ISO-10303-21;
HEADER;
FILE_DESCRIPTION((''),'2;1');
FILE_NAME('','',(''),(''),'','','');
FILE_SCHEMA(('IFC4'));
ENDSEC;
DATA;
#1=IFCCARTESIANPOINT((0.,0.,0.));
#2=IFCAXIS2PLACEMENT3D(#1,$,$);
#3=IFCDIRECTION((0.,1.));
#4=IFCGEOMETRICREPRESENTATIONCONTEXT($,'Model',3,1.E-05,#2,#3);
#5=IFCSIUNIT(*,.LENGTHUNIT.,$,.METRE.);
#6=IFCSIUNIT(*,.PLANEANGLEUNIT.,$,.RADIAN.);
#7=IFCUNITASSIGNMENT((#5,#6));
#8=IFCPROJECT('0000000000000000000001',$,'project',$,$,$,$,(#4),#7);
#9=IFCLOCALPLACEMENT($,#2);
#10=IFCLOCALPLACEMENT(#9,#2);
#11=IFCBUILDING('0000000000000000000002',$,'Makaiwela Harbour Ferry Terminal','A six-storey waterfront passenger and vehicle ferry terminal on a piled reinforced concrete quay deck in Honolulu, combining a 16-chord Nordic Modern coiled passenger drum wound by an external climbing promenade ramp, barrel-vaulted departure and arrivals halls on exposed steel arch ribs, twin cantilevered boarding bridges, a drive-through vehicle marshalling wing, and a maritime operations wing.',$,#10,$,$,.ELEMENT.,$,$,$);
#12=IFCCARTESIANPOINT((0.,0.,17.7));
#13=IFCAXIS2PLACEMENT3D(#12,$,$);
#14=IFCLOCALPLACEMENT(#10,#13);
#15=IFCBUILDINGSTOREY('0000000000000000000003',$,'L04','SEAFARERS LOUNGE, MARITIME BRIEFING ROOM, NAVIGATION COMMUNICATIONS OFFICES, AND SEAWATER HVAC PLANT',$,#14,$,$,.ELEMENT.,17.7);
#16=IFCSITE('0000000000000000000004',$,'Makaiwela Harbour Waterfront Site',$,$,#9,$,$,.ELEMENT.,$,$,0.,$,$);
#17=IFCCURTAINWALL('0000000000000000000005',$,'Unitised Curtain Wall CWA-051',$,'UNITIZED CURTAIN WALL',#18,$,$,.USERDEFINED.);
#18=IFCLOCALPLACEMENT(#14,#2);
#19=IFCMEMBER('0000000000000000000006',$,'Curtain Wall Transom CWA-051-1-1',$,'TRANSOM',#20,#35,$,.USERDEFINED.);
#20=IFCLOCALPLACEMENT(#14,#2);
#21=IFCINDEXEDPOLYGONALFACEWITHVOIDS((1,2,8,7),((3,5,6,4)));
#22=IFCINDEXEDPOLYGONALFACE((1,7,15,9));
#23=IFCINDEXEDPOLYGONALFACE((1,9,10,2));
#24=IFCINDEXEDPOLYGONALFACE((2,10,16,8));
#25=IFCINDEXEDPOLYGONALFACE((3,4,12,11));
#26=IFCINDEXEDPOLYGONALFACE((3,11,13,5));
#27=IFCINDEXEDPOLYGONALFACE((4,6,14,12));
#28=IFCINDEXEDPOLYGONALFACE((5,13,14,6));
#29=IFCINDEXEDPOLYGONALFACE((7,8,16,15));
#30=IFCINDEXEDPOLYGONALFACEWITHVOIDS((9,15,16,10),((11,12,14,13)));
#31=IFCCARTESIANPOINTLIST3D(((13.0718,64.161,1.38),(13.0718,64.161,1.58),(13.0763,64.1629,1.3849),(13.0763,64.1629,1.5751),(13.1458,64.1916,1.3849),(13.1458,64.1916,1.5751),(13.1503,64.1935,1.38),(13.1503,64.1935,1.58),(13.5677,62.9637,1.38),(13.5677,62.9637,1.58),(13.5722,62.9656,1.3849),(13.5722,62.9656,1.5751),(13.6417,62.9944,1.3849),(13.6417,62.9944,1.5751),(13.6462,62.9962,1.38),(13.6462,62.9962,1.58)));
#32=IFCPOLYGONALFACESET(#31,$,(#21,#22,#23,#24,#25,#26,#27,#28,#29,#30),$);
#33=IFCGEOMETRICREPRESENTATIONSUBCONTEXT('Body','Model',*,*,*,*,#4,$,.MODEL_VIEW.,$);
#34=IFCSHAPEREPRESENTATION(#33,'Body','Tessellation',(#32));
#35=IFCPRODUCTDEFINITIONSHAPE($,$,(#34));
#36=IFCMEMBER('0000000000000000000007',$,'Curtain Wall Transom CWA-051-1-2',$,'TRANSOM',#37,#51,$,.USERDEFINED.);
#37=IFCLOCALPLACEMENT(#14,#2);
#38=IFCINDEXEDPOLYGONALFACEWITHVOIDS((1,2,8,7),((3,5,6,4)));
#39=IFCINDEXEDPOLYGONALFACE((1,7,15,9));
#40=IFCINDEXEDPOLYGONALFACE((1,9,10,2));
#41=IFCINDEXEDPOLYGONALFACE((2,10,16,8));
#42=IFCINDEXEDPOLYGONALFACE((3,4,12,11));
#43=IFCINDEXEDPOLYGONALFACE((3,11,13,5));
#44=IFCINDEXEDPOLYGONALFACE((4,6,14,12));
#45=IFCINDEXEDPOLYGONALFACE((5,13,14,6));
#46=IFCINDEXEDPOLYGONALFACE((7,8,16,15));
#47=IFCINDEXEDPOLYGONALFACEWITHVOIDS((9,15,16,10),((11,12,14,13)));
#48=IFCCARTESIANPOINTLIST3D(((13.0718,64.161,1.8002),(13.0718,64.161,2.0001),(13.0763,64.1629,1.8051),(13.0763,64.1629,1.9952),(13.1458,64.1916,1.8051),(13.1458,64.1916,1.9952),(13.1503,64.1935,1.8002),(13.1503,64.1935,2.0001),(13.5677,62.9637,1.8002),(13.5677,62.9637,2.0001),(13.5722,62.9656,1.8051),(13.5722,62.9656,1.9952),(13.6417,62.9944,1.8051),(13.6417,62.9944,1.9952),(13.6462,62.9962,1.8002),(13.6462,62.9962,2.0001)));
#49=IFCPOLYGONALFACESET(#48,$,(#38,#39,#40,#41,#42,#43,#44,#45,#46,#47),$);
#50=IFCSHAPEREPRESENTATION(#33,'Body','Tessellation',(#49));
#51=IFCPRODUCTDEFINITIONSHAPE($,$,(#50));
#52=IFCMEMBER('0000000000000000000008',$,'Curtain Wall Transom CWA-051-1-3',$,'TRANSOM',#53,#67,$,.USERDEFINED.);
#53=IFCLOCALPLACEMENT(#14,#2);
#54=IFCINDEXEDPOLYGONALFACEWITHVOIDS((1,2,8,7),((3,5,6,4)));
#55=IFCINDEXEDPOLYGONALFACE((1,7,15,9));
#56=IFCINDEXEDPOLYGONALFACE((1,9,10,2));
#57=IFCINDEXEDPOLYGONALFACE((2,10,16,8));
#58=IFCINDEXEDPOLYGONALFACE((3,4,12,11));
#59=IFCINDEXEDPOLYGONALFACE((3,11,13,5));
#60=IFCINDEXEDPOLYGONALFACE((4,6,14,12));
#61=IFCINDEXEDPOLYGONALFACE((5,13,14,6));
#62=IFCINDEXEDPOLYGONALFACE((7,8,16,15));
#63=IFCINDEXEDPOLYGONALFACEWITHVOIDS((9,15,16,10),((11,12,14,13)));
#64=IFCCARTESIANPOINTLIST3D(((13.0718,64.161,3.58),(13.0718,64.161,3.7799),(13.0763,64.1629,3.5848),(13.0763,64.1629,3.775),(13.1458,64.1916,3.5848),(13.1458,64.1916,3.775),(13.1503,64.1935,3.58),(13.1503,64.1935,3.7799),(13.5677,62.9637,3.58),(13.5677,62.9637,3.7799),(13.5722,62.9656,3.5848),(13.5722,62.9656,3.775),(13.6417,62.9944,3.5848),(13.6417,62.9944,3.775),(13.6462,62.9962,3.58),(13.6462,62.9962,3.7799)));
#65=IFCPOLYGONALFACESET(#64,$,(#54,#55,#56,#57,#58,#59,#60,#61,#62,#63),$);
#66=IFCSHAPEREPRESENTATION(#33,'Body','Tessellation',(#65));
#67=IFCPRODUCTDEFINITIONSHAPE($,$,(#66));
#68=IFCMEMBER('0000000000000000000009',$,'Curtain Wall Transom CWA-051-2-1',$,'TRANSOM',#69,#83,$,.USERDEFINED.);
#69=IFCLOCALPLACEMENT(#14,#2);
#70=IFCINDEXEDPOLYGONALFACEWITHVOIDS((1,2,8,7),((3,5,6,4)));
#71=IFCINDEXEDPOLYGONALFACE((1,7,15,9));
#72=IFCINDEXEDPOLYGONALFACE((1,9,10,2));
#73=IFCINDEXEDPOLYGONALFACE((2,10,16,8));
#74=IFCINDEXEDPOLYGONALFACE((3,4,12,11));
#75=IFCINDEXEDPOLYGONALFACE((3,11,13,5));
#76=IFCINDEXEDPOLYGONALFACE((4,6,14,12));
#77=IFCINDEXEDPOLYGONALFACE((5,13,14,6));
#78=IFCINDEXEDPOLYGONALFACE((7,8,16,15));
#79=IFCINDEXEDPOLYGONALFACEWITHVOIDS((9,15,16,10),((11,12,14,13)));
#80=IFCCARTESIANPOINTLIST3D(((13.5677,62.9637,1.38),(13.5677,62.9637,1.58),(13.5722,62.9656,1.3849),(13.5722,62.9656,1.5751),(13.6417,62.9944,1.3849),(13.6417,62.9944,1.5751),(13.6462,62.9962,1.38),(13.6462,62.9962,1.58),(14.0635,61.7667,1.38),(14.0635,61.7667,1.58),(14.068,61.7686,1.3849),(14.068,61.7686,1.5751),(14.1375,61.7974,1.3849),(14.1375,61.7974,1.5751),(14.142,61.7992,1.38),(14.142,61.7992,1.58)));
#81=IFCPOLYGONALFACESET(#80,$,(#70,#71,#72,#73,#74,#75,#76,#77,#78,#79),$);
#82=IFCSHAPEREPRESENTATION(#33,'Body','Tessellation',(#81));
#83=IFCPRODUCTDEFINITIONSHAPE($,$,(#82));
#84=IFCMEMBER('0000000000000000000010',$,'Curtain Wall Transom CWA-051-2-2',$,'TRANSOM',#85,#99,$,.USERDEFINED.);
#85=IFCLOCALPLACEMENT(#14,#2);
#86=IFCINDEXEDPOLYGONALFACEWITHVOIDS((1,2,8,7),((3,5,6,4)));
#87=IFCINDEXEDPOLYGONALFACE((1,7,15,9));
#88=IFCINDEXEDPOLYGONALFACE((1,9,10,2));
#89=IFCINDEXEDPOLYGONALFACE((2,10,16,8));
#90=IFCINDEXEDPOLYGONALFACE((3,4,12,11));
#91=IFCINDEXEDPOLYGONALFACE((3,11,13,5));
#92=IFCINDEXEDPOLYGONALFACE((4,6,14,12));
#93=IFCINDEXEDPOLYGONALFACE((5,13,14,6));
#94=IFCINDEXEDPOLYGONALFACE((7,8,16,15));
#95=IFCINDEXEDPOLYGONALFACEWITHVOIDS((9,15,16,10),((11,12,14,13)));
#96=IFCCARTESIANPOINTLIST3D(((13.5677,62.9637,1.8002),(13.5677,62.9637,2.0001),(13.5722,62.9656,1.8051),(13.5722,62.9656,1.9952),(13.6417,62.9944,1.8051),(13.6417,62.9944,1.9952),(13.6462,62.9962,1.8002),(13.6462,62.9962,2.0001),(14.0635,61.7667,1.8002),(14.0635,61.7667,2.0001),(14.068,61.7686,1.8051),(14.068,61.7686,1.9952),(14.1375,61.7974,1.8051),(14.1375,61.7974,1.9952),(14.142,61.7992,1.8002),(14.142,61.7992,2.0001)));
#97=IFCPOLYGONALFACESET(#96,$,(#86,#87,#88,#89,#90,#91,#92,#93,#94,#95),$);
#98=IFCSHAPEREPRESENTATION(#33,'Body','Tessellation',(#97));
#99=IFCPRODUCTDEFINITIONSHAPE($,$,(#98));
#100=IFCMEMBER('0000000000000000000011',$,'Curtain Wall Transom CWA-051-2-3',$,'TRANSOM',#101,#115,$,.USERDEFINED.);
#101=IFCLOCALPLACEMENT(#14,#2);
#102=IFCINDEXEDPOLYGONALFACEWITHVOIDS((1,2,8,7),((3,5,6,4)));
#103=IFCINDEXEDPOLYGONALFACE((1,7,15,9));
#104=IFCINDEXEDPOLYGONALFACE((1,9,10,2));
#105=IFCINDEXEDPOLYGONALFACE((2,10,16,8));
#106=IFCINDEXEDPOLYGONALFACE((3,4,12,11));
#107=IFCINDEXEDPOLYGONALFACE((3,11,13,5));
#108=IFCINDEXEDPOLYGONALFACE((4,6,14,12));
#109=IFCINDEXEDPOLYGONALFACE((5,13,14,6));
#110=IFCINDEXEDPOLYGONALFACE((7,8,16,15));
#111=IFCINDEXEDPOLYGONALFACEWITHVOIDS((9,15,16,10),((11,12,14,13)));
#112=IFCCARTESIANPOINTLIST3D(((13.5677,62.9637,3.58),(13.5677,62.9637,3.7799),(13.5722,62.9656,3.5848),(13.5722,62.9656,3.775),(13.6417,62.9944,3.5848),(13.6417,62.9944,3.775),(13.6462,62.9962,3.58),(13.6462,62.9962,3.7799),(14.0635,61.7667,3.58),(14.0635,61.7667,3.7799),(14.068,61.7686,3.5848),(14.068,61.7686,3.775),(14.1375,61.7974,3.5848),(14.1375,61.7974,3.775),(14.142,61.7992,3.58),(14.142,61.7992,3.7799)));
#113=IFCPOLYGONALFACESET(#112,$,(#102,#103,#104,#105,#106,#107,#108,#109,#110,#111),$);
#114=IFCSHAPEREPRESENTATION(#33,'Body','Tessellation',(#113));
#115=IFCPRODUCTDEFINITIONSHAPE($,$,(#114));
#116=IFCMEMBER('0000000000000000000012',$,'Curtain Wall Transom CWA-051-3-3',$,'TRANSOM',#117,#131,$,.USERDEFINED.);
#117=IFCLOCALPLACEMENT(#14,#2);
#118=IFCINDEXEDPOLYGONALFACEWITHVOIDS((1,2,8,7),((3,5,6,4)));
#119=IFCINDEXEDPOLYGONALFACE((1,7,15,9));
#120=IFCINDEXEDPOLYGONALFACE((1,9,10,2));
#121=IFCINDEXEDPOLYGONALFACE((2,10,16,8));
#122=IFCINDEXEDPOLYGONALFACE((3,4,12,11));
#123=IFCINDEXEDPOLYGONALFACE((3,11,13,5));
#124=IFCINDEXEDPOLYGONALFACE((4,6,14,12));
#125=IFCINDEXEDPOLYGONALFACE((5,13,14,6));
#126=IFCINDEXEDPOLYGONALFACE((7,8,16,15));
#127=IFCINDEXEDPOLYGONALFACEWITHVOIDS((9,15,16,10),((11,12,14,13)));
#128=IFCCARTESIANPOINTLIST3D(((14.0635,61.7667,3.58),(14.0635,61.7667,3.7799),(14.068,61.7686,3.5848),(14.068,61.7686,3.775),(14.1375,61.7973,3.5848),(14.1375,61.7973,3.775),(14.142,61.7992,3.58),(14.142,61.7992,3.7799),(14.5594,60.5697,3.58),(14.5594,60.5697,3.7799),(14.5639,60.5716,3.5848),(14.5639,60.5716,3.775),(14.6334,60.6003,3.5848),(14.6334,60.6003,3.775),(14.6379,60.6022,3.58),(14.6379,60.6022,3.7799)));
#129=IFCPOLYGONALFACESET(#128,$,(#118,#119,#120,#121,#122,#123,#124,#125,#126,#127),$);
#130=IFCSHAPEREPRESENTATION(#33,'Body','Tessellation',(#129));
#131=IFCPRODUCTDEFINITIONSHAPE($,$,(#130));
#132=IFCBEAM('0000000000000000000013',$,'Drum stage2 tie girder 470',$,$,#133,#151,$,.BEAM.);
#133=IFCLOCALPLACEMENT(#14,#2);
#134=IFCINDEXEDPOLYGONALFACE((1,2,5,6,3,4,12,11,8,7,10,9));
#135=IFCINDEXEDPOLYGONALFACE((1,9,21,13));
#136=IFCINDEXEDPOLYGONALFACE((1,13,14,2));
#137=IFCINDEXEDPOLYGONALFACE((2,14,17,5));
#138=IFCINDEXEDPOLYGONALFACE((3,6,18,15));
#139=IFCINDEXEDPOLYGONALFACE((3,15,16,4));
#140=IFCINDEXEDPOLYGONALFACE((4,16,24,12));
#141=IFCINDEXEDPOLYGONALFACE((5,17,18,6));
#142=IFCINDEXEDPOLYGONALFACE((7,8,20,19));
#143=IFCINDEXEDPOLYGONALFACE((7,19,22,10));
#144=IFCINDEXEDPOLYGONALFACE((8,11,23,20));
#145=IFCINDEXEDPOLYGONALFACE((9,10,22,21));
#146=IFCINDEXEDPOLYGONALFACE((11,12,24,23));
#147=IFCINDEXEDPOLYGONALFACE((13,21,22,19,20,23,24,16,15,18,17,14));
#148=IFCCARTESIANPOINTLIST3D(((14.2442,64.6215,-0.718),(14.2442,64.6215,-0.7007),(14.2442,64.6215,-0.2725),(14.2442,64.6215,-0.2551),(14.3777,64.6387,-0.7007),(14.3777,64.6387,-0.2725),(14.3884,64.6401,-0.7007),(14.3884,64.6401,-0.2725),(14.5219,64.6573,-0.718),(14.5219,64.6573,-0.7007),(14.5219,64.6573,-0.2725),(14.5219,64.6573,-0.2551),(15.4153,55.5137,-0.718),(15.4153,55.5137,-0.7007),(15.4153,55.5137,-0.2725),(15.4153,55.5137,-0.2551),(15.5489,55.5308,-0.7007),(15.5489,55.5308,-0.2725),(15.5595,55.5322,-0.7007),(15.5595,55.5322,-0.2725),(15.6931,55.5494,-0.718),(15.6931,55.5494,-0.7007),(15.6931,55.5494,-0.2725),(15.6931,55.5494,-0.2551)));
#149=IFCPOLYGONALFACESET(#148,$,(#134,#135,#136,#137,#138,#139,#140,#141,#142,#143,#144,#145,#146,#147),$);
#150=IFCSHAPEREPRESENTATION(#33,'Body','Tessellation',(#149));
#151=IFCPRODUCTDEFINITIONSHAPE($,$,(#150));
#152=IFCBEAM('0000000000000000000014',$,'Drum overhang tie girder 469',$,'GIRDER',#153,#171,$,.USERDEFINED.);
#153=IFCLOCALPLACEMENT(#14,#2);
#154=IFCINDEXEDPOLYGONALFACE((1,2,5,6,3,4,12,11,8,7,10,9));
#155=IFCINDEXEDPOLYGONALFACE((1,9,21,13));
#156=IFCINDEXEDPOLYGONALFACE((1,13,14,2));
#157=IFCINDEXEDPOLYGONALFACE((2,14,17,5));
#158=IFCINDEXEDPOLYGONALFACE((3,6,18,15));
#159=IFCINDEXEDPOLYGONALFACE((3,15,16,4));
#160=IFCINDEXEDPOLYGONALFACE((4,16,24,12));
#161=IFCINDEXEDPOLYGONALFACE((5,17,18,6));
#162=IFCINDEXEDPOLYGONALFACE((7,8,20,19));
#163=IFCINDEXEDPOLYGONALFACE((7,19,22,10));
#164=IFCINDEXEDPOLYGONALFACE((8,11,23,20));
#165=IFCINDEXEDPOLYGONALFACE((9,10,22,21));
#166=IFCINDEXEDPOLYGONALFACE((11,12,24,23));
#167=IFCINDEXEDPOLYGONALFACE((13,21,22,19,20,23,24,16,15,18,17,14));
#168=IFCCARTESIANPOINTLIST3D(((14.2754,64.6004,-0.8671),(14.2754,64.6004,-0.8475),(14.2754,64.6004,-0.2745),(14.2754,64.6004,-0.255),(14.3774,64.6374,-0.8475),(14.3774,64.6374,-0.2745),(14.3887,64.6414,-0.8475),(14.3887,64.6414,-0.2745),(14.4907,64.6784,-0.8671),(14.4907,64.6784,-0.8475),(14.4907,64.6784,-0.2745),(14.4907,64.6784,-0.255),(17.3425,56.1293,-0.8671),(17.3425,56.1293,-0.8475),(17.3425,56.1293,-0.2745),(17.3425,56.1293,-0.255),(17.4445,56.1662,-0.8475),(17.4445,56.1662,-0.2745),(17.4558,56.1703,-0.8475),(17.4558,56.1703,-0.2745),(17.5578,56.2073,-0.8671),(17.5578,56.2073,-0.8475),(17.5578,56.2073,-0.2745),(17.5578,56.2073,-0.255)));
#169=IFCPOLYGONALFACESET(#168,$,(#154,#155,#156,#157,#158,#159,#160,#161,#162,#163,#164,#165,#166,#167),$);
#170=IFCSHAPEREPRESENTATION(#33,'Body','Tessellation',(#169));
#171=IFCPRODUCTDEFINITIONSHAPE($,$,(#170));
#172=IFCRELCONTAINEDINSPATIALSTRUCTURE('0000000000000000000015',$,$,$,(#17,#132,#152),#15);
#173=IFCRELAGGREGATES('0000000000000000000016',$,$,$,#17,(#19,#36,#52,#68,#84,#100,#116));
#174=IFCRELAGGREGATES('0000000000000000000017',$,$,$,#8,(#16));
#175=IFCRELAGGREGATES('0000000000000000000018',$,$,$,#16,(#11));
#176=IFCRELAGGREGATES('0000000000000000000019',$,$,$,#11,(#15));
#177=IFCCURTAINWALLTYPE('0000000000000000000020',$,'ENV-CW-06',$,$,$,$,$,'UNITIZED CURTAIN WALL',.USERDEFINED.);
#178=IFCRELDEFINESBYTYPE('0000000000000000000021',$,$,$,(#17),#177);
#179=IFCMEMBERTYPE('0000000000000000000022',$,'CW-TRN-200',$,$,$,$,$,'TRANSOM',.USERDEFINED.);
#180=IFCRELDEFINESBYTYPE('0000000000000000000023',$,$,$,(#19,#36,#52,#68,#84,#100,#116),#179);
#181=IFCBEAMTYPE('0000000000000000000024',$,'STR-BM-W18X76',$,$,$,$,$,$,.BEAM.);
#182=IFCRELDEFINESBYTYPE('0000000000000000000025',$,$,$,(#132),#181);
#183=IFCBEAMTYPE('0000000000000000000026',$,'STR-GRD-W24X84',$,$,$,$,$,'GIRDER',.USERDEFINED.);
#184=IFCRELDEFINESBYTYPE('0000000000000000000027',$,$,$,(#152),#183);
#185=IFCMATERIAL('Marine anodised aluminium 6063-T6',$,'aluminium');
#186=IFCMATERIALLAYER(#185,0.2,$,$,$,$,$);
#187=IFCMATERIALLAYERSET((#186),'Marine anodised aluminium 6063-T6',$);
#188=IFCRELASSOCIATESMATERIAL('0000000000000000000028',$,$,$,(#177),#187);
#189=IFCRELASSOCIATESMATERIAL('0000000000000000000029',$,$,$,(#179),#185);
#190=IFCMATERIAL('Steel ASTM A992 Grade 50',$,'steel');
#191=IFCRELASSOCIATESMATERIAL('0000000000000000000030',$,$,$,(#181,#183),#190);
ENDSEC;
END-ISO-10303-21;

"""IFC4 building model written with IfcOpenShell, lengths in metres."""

from ifc_helpers import new_model, si_unit, direction, frame, origin, origin_2d, place, context, subcontext, project, spatial, hollow_rectangle, i_section, extrude, material, layer, layer_set, material_profile, profile_set, type_object, element, aggregate, save


model = new_model("IFC4")

# Units and contexts
model_context = context("Model", 3, precision=1e-05, world=origin(), true_north=direction((0.0, 1.0)))
body_context = subcontext(model_context, "Body", "Model", "MODEL_VIEW")
ifc_project = project(units=[si_unit("LENGTHUNIT", "METRE"), si_unit("PLANEANGLEUNIT", "RADIAN")], contexts=[model_context])

# Site, building, storey
site_placement = place(None, origin())
site = spatial("IfcSite", under=ifc_project, at=site_placement, Name="Makaiwela Harbour Waterfront Site", CompositionType="ELEMENT", RefElevation=0.0)
building_placement = place(site_placement, origin())
building = spatial("IfcBuilding", under=site, at=building_placement, Name="Makaiwela Harbour Ferry Terminal", Description="A six-storey waterfront passenger and vehicle ferry terminal on a piled reinforced concrete quay deck in Honolulu, combining a 16-chord Nordic Modern coiled passenger drum wound by an external climbing promenade ramp, barrel-vaulted departure and arrivals halls on exposed steel arch ribs, twin cantilevered boarding bridges, a drive-through vehicle marshalling wing, and a maritime operations wing.", CompositionType="ELEMENT")
storey_placement = place(building_placement, frame((0.0, 0.0, 17.7)))
storey = spatial("IfcBuildingStorey", under=building, at=storey_placement, Name="L04", Description="SEAFARERS LOUNGE, MARITIME BRIEFING ROOM, NAVIGATION COMMUNICATIONS OFFICES, AND SEAWATER HVAC PLANT", CompositionType="ELEMENT", Elevation=17.7)

# Curtain wall
ifc_material_1 = material(Name="Marine anodised aluminium 6063-T6", Category="aluminium")
ifc_layer_1 = layer(ifc_material_1, 0.2)
ifc_layer_set_1 = layer_set([ifc_layer_1], Name="Marine anodised aluminium 6063-T6")
curtain_wall_type = type_object("IfcCurtainWallType", Name="ENV-CW-06", ElementType="UNITIZED CURTAIN WALL", PredefinedType="USERDEFINED", material=ifc_layer_set_1)
curtain_wall_1_placement = place(storey_placement, origin())
curtain_wall_1 = element("IfcCurtainWall", 1, at=curtain_wall_1_placement, inside=storey, type_object=curtain_wall_type, Name="Unitised Curtain Wall CWA-051", ObjectType="UNITIZED CURTAIN WALL", PredefinedType="USERDEFINED")

# Members
ifc_material_profile_1 = material_profile(ifc_material_1, hollow_rectangle(XDim=0.085, YDim=0.2, WallThickness=0.0049, at=origin_2d()), Name="CWT-200X85")
ifc_profile_set_1 = profile_set([ifc_material_profile_1], Name="Marine anodised aluminium 6063-T6")
member_type_1 = type_object("IfcMemberType", Name="CW-TRN-200", ElementType="TRANSOM", PredefinedType="USERDEFINED", material=ifc_profile_set_1)
member_1_placement = place(storey_placement, frame((13.1111, 64.1772, 1.48), z_axis=(0.382635, -0.9239, 0.0), x_axis=(0.9239, 0.382635, 0.0)))
member_1 = element("IfcMember", 2, at=member_1_placement, type_object=member_type_1, Name="Curtain Wall Transom CWA-051-1-1", ObjectType="TRANSOM", PredefinedType="USERDEFINED", context=body_context, shape_type="SweptSolid", body=[
    extrude(hollow_rectangle(XDim=0.085, YDim=0.2, WallThickness=0.0049, at=origin_2d()), origin(), (0.0, 0.0, 1.0), 1.2959),
])
member_2_placement = place(storey_placement, frame((13.1111, 64.1772, 1.9001), z_axis=(0.382635, -0.9239, 0.0), x_axis=(0.9239, 0.382635, 0.0)))
member_2 = element("IfcMember", 3, at=member_2_placement, type_object=member_type_1, Name="Curtain Wall Transom CWA-051-1-2", ObjectType="TRANSOM", PredefinedType="USERDEFINED", context=body_context, shape_type="SweptSolid", body=[
    extrude(hollow_rectangle(XDim=0.085, YDim=0.2, WallThickness=0.0049, at=origin_2d()), origin(), (0.0, 0.0, 1.0), 1.2959),
])
member_3_placement = place(storey_placement, frame((13.1111, 64.1772, 3.6799), z_axis=(0.382635, -0.9239, 0.0), x_axis=(0.9239, 0.382635, 0.0)))
member_3 = element("IfcMember", 4, at=member_3_placement, type_object=member_type_1, Name="Curtain Wall Transom CWA-051-1-3", ObjectType="TRANSOM", PredefinedType="USERDEFINED", context=body_context, shape_type="SweptSolid", body=[
    extrude(hollow_rectangle(XDim=0.085, YDim=0.2, WallThickness=0.0049, at=origin_2d()), origin(), (0.0, 0.0, 1.0), 1.2959),
])
member_4_placement = place(storey_placement, frame((13.6069, 62.98, 1.48), z_axis=(0.382701, -0.923872, 0.0), x_axis=(0.923872, 0.382701, 0.0)))
member_4 = element("IfcMember", 5, at=member_4_placement, type_object=member_type_1, Name="Curtain Wall Transom CWA-051-2-1", ObjectType="TRANSOM", PredefinedType="USERDEFINED", context=body_context, shape_type="SweptSolid", body=[
    extrude(hollow_rectangle(XDim=0.085, YDim=0.2, WallThickness=0.0049, at=origin_2d()), origin(), (0.0, 0.0, 1.0), 1.2957),
])
member_5_placement = place(storey_placement, frame((13.6069, 62.98, 1.9001), z_axis=(0.382701, -0.923872, 0.0), x_axis=(0.923872, 0.382701, 0.0)))
member_5 = element("IfcMember", 6, at=member_5_placement, type_object=member_type_1, Name="Curtain Wall Transom CWA-051-2-2", ObjectType="TRANSOM", PredefinedType="USERDEFINED", context=body_context, shape_type="SweptSolid", body=[
    extrude(hollow_rectangle(XDim=0.085, YDim=0.2, WallThickness=0.0049, at=origin_2d()), origin(), (0.0, 0.0, 1.0), 1.2957),
])
member_6_placement = place(storey_placement, frame((13.6069, 62.98, 3.6799), z_axis=(0.382701, -0.923872, 0.0), x_axis=(0.923872, 0.382701, 0.0)))
member_6 = element("IfcMember", 7, at=member_6_placement, type_object=member_type_1, Name="Curtain Wall Transom CWA-051-2-3", ObjectType="TRANSOM", PredefinedType="USERDEFINED", context=body_context, shape_type="SweptSolid", body=[
    extrude(hollow_rectangle(XDim=0.085, YDim=0.2, WallThickness=0.0049, at=origin_2d()), origin(), (0.0, 0.0, 1.0), 1.2957),
])
member_7_placement = place(storey_placement, frame((14.1028, 61.783, 3.6799), z_axis=(0.382701, -0.923872, 0.0), x_axis=(0.923872, 0.382701, 0.0)))
member_7 = element("IfcMember", 8, at=member_7_placement, type_object=member_type_1, Name="Curtain Wall Transom CWA-051-3-3", ObjectType="TRANSOM", PredefinedType="USERDEFINED", context=body_context, shape_type="SweptSolid", body=[
    extrude(hollow_rectangle(XDim=0.085, YDim=0.2, WallThickness=0.0049, at=origin_2d()), origin(), (0.0, 0.0, 1.0), 1.2957),
])

# Beams
ifc_material_2 = material(Name="Steel ASTM A992 Grade 50", Category="steel")
ifc_material_profile_2 = material_profile(ifc_material_2, i_section(OverallWidth=0.28, OverallDepth=0.4629, WebThickness=0.0107, FlangeThickness=0.0173, at=origin_2d()), Name="W18X76")
ifc_profile_set_2 = profile_set([ifc_material_profile_2], Name="Steel ASTM A992 Grade 50")
beam_type_1 = type_object("IfcBeamType", Name="STR-BM-W18X76", PredefinedType="BEAM", material=ifc_profile_set_2)
beam_1_placement = place(storey_placement, frame((14.3831, 64.6394, -0.4866), z_axis=(0.127535, -0.991834, 0.0), x_axis=(0.991834, 0.127535, 0.0)))
element("IfcBeam", 9, at=beam_1_placement, inside=storey, type_object=beam_type_1, Name="Drum stage2 tie girder 470", PredefinedType="BEAM", context=body_context, shape_type="SweptSolid", body=[
    extrude(i_section(OverallWidth=0.28, OverallDepth=0.4629, WebThickness=0.0107, FlangeThickness=0.0173, at=origin_2d()), origin(), (0.0, 0.0, 1.0), 9.1829),
])
ifc_material_profile_3 = material_profile(ifc_material_2, i_section(OverallWidth=0.229, OverallDepth=0.6121, WebThickness=0.012, FlangeThickness=0.0195, at=origin_2d()), Name="W24X84")
ifc_profile_set_3 = profile_set([ifc_material_profile_3], Name="Steel ASTM A992 Grade 50")
beam_type_2 = type_object("IfcBeamType", Name="STR-GRD-W24X84", ElementType="GIRDER", PredefinedType="USERDEFINED", material=ifc_profile_set_3)
beam_2_placement = place(storey_placement, frame((14.3831, 64.6394, -0.561), z_axis=(0.340439, -0.940266, 0.0), x_axis=(0.940266, 0.340439, 0.0)))
element("IfcBeam", 10, at=beam_2_placement, inside=storey, type_object=beam_type_2, Name="Drum overhang tie girder 469", ObjectType="GIRDER", PredefinedType="USERDEFINED", context=body_context, shape_type="SweptSolid", body=[
    extrude(i_section(OverallWidth=0.229, OverallDepth=0.6121, WebThickness=0.012, FlangeThickness=0.0195, at=origin_2d()), origin(), (0.0, 0.0, 1.0), 9.0093),
])

aggregate(curtain_wall_1, [member_1, member_2, member_3, member_4, member_5, member_6, member_7])

save(model, "model.ifc")
